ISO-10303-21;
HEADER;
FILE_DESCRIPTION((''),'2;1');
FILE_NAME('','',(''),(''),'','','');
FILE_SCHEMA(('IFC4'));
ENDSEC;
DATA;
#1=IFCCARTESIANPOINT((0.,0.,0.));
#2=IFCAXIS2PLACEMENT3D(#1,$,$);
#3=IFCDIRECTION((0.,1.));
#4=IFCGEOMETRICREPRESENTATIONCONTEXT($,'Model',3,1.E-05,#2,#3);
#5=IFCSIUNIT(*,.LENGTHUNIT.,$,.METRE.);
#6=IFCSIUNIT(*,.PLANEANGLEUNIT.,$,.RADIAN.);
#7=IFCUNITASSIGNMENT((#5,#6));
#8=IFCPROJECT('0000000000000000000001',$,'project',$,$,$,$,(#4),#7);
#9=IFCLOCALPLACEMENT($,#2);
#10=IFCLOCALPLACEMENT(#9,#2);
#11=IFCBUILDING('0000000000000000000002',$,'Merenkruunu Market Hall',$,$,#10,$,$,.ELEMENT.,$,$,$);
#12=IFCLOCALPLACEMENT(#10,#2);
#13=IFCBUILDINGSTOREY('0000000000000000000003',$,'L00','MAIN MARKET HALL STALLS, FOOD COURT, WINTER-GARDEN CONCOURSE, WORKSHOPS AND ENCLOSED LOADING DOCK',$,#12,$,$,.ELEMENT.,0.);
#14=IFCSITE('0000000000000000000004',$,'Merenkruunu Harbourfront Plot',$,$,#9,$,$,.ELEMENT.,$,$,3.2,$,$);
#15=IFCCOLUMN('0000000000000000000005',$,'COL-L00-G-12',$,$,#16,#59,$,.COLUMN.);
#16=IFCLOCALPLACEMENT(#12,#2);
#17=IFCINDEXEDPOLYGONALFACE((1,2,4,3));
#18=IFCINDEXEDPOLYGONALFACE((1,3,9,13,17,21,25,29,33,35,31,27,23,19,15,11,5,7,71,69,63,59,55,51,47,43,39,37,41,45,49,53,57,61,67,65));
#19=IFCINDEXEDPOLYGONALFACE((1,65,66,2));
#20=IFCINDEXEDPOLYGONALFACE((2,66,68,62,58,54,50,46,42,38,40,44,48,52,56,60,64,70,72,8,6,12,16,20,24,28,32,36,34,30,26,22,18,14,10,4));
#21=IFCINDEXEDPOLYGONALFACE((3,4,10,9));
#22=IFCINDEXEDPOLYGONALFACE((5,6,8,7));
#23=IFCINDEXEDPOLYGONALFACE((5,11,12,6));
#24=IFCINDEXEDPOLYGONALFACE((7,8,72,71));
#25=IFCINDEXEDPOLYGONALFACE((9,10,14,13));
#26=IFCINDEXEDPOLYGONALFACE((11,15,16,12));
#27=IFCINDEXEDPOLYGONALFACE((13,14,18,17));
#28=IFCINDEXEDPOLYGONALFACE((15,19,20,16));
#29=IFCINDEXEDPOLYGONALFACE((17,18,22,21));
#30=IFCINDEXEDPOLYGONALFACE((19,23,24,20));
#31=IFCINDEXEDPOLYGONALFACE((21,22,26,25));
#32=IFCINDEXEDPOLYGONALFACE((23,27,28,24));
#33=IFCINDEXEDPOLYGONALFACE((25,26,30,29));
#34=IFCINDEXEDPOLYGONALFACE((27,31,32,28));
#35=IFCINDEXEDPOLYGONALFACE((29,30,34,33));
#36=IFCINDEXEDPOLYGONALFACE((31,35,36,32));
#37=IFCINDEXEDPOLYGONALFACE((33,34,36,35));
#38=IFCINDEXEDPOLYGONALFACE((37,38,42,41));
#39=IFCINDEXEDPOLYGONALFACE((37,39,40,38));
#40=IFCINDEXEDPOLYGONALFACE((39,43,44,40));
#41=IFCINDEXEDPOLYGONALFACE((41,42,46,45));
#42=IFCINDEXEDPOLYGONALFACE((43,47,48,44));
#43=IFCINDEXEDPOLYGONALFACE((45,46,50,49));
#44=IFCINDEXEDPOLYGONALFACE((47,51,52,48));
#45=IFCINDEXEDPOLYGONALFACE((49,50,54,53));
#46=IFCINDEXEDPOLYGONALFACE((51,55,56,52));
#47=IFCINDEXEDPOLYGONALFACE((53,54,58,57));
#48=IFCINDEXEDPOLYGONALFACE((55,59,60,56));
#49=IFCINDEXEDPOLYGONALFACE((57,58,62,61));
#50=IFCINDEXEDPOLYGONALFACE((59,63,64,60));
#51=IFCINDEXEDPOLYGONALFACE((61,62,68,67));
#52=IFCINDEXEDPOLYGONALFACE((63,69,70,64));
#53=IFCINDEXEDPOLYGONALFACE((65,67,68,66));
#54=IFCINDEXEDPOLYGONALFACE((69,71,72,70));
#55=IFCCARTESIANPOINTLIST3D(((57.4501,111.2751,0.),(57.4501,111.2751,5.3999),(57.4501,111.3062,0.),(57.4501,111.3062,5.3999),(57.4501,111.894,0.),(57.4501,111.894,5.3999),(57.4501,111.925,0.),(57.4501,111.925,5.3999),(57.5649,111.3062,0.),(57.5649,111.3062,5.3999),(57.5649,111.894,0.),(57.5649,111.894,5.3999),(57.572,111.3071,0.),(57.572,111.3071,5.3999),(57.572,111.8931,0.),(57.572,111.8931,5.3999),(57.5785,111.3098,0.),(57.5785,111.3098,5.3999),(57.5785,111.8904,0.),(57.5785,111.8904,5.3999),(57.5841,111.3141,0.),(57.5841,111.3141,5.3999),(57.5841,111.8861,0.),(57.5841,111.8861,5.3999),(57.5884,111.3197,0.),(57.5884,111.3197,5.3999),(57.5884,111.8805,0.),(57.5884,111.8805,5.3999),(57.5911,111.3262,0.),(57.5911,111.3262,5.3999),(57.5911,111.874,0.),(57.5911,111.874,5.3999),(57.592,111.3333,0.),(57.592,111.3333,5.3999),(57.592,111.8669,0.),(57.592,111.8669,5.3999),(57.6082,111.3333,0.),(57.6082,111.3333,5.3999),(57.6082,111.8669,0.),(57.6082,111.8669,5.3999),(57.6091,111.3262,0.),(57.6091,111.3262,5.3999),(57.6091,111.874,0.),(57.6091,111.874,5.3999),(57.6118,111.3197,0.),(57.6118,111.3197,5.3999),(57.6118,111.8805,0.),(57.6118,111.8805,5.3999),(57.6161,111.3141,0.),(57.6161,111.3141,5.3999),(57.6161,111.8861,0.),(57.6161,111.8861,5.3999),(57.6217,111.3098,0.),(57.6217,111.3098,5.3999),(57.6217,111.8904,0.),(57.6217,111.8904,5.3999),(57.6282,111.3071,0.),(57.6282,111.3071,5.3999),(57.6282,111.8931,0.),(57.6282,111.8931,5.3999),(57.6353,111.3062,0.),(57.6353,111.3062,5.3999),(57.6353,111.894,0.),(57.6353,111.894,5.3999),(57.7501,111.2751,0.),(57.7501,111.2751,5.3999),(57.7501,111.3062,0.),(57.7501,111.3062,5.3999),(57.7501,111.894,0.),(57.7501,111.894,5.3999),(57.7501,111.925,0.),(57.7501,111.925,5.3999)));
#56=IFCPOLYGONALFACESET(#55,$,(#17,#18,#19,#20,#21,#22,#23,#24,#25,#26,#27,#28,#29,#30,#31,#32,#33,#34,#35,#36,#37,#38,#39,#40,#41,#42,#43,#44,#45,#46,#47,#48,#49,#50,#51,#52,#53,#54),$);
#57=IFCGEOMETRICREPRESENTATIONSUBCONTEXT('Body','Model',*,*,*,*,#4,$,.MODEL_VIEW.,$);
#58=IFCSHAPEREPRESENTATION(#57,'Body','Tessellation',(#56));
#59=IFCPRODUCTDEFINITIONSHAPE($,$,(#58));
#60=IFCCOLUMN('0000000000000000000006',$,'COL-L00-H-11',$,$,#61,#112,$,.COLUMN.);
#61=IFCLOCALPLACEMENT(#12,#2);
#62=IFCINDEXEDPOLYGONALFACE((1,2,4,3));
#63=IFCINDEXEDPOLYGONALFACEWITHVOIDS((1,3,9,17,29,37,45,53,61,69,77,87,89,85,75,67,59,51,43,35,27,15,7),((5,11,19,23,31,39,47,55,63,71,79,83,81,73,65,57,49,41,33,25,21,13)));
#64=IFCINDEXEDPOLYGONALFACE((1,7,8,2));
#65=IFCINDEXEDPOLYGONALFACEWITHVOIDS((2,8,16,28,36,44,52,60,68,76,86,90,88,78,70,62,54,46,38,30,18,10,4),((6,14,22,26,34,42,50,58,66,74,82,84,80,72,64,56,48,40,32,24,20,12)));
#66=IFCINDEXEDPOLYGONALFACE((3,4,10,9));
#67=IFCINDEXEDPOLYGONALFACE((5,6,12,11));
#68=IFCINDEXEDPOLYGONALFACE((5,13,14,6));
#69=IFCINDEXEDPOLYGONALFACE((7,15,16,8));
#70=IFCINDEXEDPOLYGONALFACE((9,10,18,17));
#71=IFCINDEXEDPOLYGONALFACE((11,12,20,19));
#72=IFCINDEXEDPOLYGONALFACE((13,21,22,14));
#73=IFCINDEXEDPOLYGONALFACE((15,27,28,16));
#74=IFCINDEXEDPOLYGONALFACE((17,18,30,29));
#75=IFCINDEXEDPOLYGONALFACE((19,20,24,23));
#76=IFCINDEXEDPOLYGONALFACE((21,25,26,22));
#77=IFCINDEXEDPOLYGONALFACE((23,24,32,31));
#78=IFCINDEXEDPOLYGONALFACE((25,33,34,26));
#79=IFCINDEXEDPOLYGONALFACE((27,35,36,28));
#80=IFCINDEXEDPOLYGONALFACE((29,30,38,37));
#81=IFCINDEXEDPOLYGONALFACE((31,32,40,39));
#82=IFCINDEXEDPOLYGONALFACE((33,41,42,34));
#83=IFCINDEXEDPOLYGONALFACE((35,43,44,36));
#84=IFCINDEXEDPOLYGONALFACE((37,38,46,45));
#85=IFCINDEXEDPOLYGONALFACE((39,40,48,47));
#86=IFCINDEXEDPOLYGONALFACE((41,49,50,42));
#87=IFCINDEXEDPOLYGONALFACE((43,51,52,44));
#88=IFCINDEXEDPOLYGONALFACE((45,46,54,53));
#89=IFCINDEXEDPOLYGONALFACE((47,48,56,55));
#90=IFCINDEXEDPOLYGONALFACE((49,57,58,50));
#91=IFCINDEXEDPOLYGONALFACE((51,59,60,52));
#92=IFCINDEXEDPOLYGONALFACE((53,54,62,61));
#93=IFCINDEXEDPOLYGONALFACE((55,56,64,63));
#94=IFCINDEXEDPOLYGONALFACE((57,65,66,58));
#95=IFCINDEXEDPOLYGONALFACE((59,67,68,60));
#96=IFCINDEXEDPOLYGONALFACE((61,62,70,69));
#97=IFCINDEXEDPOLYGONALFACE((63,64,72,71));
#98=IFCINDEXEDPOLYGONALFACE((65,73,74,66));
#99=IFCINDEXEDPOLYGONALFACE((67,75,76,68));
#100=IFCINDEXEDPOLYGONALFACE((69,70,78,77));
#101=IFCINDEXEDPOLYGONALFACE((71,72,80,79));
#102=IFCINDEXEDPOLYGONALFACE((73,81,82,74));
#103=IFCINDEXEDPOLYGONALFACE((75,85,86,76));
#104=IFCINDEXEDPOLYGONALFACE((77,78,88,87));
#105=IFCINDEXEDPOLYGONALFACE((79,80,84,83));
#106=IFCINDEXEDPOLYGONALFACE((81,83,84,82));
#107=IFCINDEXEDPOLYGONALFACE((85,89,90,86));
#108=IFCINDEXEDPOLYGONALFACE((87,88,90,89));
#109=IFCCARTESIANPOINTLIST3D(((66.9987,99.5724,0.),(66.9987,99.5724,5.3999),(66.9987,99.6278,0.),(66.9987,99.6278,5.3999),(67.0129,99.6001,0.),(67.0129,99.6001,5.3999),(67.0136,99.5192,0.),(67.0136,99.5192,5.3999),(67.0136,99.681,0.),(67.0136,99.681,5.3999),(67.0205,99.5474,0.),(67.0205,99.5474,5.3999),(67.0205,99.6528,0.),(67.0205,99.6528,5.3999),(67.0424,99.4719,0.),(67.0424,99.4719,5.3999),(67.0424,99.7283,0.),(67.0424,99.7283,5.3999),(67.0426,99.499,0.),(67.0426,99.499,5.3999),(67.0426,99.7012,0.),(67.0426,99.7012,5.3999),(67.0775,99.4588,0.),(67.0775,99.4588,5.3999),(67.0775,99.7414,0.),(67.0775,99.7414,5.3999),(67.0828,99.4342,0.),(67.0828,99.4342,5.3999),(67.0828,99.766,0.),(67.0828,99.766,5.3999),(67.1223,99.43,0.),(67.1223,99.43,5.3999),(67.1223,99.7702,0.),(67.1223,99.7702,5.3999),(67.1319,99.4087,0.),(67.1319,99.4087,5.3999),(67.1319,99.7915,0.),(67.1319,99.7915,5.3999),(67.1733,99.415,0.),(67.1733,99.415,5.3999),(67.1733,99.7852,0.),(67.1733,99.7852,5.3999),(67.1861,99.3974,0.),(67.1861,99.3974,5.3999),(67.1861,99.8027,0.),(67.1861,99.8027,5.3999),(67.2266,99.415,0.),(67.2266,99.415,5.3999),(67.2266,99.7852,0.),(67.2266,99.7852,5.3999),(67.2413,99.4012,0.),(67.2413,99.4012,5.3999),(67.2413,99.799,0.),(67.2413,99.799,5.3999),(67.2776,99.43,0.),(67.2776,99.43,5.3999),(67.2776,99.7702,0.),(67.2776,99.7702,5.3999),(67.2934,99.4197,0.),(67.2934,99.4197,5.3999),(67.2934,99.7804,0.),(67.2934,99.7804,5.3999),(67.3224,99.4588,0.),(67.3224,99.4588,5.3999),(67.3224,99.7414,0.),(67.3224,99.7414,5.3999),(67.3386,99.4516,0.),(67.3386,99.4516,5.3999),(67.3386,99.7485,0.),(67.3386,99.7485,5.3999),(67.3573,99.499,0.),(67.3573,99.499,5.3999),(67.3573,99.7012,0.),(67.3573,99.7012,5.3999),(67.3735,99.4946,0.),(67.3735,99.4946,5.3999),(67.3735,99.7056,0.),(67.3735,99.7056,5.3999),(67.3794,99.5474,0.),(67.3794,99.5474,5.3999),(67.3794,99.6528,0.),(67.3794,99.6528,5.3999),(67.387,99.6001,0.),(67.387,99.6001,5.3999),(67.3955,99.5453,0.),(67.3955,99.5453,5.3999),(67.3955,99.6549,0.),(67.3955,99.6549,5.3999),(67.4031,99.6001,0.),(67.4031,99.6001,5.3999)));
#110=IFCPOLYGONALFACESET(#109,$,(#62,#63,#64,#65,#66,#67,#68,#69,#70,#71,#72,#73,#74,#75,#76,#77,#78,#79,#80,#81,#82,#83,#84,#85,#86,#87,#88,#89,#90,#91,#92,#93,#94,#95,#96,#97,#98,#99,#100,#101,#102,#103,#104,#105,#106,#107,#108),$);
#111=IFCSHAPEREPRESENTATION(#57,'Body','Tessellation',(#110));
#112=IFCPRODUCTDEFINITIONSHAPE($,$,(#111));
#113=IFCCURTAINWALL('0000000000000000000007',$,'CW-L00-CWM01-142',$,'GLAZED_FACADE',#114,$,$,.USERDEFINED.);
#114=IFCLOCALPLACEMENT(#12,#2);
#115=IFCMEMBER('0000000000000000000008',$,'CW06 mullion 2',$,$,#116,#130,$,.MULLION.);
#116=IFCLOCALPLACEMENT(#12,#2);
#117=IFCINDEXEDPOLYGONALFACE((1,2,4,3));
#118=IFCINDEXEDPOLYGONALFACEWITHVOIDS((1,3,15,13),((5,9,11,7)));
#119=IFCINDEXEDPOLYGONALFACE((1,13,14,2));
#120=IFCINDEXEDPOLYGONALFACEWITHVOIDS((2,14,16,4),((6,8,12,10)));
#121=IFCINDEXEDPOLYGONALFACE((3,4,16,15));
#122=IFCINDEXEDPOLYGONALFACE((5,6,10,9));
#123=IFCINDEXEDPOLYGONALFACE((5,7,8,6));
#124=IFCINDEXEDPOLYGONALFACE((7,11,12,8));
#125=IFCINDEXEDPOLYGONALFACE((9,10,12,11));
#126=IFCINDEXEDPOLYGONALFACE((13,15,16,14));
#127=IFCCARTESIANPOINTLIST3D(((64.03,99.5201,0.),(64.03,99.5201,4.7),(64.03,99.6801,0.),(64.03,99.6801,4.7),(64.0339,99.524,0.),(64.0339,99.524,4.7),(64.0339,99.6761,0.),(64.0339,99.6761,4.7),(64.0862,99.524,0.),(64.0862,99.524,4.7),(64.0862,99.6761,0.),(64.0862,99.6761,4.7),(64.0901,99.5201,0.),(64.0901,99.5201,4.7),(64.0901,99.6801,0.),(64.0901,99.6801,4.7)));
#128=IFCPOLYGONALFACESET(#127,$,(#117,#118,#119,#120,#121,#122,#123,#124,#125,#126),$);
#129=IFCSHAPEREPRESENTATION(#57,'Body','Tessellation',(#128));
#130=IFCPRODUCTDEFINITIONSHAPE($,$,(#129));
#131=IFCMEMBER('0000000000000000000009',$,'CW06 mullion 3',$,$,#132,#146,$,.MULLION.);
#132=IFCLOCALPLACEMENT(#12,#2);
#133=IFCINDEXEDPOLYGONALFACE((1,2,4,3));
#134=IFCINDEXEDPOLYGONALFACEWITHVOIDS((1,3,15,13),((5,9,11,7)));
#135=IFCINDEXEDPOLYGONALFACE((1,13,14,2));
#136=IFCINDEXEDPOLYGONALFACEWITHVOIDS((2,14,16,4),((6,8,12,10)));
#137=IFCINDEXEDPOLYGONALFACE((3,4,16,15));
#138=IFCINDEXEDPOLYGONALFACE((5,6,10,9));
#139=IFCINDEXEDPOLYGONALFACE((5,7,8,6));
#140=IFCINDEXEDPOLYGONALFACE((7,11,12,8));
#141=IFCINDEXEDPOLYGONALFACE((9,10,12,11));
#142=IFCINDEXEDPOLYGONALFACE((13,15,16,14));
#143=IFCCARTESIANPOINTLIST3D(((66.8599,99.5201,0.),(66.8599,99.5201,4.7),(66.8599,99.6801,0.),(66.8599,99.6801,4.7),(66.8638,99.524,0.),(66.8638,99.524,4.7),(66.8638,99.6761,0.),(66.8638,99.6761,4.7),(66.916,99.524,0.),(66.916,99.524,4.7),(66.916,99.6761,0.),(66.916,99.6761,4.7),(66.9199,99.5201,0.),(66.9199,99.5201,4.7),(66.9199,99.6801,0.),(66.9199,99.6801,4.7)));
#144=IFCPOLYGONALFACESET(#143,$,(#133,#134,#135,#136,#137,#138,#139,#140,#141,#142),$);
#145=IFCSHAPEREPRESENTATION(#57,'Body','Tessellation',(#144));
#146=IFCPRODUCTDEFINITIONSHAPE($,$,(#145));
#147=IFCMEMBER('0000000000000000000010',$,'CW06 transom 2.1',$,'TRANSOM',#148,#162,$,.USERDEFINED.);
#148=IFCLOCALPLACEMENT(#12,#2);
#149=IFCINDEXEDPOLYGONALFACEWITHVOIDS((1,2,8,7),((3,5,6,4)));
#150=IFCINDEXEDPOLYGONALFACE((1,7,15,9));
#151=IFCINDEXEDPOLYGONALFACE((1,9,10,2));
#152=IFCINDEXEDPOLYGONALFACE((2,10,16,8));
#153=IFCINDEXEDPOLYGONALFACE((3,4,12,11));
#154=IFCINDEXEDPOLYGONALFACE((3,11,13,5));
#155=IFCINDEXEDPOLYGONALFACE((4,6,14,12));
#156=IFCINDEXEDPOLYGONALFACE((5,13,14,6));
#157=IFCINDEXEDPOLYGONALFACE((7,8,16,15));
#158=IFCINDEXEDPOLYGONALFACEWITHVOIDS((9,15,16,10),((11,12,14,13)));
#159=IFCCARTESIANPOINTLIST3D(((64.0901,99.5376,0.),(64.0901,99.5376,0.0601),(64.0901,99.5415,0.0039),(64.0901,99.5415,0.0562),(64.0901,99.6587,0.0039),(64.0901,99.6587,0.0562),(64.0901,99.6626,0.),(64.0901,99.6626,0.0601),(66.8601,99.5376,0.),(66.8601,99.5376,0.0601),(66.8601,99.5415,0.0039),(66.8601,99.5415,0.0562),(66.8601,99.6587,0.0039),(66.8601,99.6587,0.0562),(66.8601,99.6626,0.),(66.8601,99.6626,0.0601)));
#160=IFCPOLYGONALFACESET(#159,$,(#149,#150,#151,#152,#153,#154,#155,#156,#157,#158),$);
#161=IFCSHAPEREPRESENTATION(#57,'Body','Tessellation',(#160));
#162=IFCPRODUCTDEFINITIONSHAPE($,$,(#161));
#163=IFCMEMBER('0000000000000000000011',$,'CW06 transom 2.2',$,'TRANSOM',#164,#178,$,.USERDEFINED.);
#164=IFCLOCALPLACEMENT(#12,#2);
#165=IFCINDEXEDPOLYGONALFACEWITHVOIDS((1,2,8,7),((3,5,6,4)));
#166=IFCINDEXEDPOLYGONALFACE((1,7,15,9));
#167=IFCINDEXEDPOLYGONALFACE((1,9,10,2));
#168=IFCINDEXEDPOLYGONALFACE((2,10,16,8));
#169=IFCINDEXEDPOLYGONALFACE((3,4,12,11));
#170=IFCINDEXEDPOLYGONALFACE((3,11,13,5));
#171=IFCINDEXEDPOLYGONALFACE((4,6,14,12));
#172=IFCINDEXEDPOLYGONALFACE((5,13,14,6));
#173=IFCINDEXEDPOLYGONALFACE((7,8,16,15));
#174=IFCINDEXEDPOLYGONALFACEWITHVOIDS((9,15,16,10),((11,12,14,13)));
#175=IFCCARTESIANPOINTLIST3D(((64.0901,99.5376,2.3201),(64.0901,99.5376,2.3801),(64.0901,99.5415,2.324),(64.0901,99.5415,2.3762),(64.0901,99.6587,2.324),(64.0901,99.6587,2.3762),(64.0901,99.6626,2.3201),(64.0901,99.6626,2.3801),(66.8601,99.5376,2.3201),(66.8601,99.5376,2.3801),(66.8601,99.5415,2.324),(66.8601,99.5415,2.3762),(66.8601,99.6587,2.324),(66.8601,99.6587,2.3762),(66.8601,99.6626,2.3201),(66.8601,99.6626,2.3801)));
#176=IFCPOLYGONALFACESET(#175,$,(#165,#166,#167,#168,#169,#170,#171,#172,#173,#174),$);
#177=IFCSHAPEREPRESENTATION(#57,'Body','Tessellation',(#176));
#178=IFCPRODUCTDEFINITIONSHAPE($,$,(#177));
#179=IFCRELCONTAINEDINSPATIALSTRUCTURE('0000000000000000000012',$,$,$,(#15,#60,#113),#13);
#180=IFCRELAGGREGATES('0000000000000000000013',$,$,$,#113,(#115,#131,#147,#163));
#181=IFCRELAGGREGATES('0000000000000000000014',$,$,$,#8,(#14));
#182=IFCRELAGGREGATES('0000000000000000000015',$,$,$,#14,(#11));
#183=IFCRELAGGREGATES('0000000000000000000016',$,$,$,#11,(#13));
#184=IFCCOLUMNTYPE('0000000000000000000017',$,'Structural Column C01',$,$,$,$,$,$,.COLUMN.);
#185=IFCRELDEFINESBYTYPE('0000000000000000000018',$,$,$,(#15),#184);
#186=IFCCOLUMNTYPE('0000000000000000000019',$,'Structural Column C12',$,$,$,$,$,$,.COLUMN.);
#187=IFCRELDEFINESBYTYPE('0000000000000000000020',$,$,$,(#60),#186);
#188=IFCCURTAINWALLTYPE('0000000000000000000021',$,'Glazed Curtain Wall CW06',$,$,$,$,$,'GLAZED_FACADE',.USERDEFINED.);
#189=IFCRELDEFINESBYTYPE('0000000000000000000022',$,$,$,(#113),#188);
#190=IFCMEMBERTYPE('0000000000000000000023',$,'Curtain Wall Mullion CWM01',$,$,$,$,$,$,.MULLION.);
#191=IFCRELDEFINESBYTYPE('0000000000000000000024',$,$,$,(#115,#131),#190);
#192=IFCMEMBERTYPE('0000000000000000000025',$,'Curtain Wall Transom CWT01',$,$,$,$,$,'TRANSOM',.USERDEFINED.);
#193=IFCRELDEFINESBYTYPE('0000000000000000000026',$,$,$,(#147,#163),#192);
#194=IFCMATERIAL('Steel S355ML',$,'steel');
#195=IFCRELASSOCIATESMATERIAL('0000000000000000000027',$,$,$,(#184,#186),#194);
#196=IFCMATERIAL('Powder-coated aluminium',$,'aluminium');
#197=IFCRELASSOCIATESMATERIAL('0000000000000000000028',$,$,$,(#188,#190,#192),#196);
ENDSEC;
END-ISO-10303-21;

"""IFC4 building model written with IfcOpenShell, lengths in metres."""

from ifc_helpers import new_model, si_unit, direction, frame, origin, origin_2d, place, context, subcontext, project, spatial, hollow_rectangle, hollow_circle, i_section, extrude, material, material_profile, profile_set, type_object, element, aggregate, save


model = new_model("IFC4")

# Units and contexts
model_context = context("Model", 3, precision=1e-05, world=origin(), true_north=direction((0.0, 1.0)))
body_context = subcontext(model_context, "Body", "Model", "MODEL_VIEW")
ifc_project = project(units=[si_unit("LENGTHUNIT", "METRE"), si_unit("PLANEANGLEUNIT", "RADIAN")], contexts=[model_context])

# Site, building, storey
site_placement = place(None, origin())
site = spatial("IfcSite", under=ifc_project, at=site_placement, Name="Merenkruunu Harbourfront Plot", CompositionType="ELEMENT", RefElevation=3.2)
building_placement = place(site_placement, origin())
building = spatial("IfcBuilding", under=site, at=building_placement, Name="Merenkruunu Market Hall", CompositionType="ELEMENT")
storey_placement = place(building_placement, origin())
storey = spatial("IfcBuildingStorey", under=building, at=storey_placement, Name="L00", Description="MAIN MARKET HALL STALLS, FOOD COURT, WINTER-GARDEN CONCOURSE, WORKSHOPS AND ENCLOSED LOADING DOCK", CompositionType="ELEMENT", Elevation=0.0)

# Columns
ifc_material_1 = material(Name="Steel S355ML", Category="steel")
ifc_material_profile_1 = material_profile(ifc_material_1, i_section(OverallWidth=0.3, OverallDepth=0.6499, WebThickness=0.0161, FlangeThickness=0.031, FilletRadius=0.0271, at=origin_2d()), Name="HEB 650")
ifc_profile_set_1 = profile_set([ifc_material_profile_1], Name="Steel S355ML")
column_type_1 = type_object("IfcColumnType", Name="Structural Column C01", PredefinedType="COLUMN", material=ifc_profile_set_1)
column_1_placement = place(storey_placement, frame((57.6001, 111.6001, 0.0), z_axis=(0.0, 0.0, 1.0), x_axis=(1.0, 0.0, 0.0)))
element("IfcColumn", 1, at=column_1_placement, inside=storey, type_object=column_type_1, Name="COL-L00-G-12", PredefinedType="COLUMN", context=body_context, shape_type="SweptSolid", body=[
    extrude(i_section(OverallWidth=0.3, OverallDepth=0.6499, WebThickness=0.0161, FlangeThickness=0.031, FilletRadius=0.0271, at=origin_2d()), origin(), (0.0, 0.0, 1.0), 5.3999),
])
ifc_material_profile_2 = material_profile(ifc_material_1, hollow_circle(Radius=0.2031, WallThickness=0.0161, at=origin_2d()), Name="CHS 406.4x16")
ifc_profile_set_2 = profile_set([ifc_material_profile_2], Name="Steel S355ML")
column_type_2 = type_object("IfcColumnType", Name="Structural Column C12", PredefinedType="COLUMN", material=ifc_profile_set_2)
column_2_placement = place(storey_placement, frame((67.2, 99.6001, 0.0), z_axis=(0.0, 0.0, 1.0), x_axis=(1.0, 0.0, 0.0)))
element("IfcColumn", 2, at=column_2_placement, inside=storey, type_object=column_type_2, Name="COL-L00-H-11", PredefinedType="COLUMN", context=body_context, shape_type="SweptSolid", body=[
    extrude(hollow_circle(Radius=0.2031, WallThickness=0.0161, at=origin_2d()), origin(), (0.0, 0.0, 1.0), 5.3999),
])

# Curtain wall, members
ifc_material_2 = material(Name="Powder-coated aluminium", Category="aluminium")
curtain_wall_type = type_object("IfcCurtainWallType", Name="Glazed Curtain Wall CW06", ElementType="GLAZED_FACADE", PredefinedType="USERDEFINED", material=ifc_material_2)
curtain_wall_placement = place(storey_placement, origin())
curtain_wall = element("IfcCurtainWall", 3, at=curtain_wall_placement, inside=storey, type_object=curtain_wall_type, Name="CW-L00-CWM01-142", ObjectType="GLAZED_FACADE", PredefinedType="USERDEFINED")
ifc_material_profile_3 = material_profile(ifc_material_2, hollow_rectangle(XDim=0.0601, YDim=0.1599, WallThickness=0.0039, at=origin_2d()), Name="ALU 60x160x4")
ifc_profile_set_3 = profile_set([ifc_material_profile_3], Name="Powder-coated aluminium")
member_type_1 = type_object("IfcMemberType", Name="Curtain Wall Mullion CWM01", PredefinedType="MULLION", material=ifc_profile_set_3)
member_1_placement = place(storey_placement, frame((64.0601, 99.6001, 0.0), z_axis=(0.0, 0.0, 1.0), x_axis=(1.0, 0.0, 0.0)))
member_1 = element("IfcMember", 4, at=member_1_placement, type_object=member_type_1, Name="CW06 mullion 2", PredefinedType="MULLION", context=body_context, shape_type="SweptSolid", body=[
    extrude(hollow_rectangle(XDim=0.0601, YDim=0.1599, WallThickness=0.0039, at=origin_2d()), origin(), (0.0, 0.0, 1.0), 4.7),
])
member_2_placement = place(storey_placement, frame((66.8899, 99.6001, 0.0), z_axis=(0.0, 0.0, 1.0), x_axis=(1.0, 0.0, 0.0)))
member_2 = element("IfcMember", 5, at=member_2_placement, type_object=member_type_1, Name="CW06 mullion 3", PredefinedType="MULLION", context=body_context, shape_type="SweptSolid", body=[
    extrude(hollow_rectangle(XDim=0.0601, YDim=0.1599, WallThickness=0.0039, at=origin_2d()), origin(), (0.0, 0.0, 1.0), 4.7),
])
ifc_material_profile_4 = material_profile(ifc_material_2, hollow_rectangle(XDim=0.0601, YDim=0.125, WallThickness=0.0039, at=origin_2d()), Name="ALU 60x125x4")
ifc_profile_set_4 = profile_set([ifc_material_profile_4], Name="Powder-coated aluminium")
member_type_2 = type_object("IfcMemberType", Name="Curtain Wall Transom CWT01", ElementType="TRANSOM", PredefinedType="USERDEFINED", material=ifc_profile_set_4)
member_3_placement = place(storey_placement, frame((64.0901, 99.6001, 0.03), z_axis=(1.0, 0.0, 0.0), x_axis=(0.0, 0.0, 1.0)))
member_3 = element("IfcMember", 6, at=member_3_placement, type_object=member_type_2, Name="CW06 transom 2.1", ObjectType="TRANSOM", PredefinedType="USERDEFINED", context=body_context, shape_type="SweptSolid", body=[
    extrude(hollow_rectangle(XDim=0.0601, YDim=0.125, WallThickness=0.0039, at=origin_2d()), origin(), (0.0, 0.0, 1.0), 2.77),
])
member_4_placement = place(storey_placement, frame((64.0901, 99.6001, 2.3501), z_axis=(1.0, 0.0, 0.0), x_axis=(0.0, 0.0, 1.0)))
member_4 = element("IfcMember", 7, at=member_4_placement, type_object=member_type_2, Name="CW06 transom 2.2", ObjectType="TRANSOM", PredefinedType="USERDEFINED", context=body_context, shape_type="SweptSolid", body=[
    extrude(hollow_rectangle(XDim=0.0601, YDim=0.125, WallThickness=0.0039, at=origin_2d()), origin(), (0.0, 0.0, 1.0), 2.77),
])

aggregate(curtain_wall, [member_1, member_2, member_3, member_4])

save(model, "model.ifc")
